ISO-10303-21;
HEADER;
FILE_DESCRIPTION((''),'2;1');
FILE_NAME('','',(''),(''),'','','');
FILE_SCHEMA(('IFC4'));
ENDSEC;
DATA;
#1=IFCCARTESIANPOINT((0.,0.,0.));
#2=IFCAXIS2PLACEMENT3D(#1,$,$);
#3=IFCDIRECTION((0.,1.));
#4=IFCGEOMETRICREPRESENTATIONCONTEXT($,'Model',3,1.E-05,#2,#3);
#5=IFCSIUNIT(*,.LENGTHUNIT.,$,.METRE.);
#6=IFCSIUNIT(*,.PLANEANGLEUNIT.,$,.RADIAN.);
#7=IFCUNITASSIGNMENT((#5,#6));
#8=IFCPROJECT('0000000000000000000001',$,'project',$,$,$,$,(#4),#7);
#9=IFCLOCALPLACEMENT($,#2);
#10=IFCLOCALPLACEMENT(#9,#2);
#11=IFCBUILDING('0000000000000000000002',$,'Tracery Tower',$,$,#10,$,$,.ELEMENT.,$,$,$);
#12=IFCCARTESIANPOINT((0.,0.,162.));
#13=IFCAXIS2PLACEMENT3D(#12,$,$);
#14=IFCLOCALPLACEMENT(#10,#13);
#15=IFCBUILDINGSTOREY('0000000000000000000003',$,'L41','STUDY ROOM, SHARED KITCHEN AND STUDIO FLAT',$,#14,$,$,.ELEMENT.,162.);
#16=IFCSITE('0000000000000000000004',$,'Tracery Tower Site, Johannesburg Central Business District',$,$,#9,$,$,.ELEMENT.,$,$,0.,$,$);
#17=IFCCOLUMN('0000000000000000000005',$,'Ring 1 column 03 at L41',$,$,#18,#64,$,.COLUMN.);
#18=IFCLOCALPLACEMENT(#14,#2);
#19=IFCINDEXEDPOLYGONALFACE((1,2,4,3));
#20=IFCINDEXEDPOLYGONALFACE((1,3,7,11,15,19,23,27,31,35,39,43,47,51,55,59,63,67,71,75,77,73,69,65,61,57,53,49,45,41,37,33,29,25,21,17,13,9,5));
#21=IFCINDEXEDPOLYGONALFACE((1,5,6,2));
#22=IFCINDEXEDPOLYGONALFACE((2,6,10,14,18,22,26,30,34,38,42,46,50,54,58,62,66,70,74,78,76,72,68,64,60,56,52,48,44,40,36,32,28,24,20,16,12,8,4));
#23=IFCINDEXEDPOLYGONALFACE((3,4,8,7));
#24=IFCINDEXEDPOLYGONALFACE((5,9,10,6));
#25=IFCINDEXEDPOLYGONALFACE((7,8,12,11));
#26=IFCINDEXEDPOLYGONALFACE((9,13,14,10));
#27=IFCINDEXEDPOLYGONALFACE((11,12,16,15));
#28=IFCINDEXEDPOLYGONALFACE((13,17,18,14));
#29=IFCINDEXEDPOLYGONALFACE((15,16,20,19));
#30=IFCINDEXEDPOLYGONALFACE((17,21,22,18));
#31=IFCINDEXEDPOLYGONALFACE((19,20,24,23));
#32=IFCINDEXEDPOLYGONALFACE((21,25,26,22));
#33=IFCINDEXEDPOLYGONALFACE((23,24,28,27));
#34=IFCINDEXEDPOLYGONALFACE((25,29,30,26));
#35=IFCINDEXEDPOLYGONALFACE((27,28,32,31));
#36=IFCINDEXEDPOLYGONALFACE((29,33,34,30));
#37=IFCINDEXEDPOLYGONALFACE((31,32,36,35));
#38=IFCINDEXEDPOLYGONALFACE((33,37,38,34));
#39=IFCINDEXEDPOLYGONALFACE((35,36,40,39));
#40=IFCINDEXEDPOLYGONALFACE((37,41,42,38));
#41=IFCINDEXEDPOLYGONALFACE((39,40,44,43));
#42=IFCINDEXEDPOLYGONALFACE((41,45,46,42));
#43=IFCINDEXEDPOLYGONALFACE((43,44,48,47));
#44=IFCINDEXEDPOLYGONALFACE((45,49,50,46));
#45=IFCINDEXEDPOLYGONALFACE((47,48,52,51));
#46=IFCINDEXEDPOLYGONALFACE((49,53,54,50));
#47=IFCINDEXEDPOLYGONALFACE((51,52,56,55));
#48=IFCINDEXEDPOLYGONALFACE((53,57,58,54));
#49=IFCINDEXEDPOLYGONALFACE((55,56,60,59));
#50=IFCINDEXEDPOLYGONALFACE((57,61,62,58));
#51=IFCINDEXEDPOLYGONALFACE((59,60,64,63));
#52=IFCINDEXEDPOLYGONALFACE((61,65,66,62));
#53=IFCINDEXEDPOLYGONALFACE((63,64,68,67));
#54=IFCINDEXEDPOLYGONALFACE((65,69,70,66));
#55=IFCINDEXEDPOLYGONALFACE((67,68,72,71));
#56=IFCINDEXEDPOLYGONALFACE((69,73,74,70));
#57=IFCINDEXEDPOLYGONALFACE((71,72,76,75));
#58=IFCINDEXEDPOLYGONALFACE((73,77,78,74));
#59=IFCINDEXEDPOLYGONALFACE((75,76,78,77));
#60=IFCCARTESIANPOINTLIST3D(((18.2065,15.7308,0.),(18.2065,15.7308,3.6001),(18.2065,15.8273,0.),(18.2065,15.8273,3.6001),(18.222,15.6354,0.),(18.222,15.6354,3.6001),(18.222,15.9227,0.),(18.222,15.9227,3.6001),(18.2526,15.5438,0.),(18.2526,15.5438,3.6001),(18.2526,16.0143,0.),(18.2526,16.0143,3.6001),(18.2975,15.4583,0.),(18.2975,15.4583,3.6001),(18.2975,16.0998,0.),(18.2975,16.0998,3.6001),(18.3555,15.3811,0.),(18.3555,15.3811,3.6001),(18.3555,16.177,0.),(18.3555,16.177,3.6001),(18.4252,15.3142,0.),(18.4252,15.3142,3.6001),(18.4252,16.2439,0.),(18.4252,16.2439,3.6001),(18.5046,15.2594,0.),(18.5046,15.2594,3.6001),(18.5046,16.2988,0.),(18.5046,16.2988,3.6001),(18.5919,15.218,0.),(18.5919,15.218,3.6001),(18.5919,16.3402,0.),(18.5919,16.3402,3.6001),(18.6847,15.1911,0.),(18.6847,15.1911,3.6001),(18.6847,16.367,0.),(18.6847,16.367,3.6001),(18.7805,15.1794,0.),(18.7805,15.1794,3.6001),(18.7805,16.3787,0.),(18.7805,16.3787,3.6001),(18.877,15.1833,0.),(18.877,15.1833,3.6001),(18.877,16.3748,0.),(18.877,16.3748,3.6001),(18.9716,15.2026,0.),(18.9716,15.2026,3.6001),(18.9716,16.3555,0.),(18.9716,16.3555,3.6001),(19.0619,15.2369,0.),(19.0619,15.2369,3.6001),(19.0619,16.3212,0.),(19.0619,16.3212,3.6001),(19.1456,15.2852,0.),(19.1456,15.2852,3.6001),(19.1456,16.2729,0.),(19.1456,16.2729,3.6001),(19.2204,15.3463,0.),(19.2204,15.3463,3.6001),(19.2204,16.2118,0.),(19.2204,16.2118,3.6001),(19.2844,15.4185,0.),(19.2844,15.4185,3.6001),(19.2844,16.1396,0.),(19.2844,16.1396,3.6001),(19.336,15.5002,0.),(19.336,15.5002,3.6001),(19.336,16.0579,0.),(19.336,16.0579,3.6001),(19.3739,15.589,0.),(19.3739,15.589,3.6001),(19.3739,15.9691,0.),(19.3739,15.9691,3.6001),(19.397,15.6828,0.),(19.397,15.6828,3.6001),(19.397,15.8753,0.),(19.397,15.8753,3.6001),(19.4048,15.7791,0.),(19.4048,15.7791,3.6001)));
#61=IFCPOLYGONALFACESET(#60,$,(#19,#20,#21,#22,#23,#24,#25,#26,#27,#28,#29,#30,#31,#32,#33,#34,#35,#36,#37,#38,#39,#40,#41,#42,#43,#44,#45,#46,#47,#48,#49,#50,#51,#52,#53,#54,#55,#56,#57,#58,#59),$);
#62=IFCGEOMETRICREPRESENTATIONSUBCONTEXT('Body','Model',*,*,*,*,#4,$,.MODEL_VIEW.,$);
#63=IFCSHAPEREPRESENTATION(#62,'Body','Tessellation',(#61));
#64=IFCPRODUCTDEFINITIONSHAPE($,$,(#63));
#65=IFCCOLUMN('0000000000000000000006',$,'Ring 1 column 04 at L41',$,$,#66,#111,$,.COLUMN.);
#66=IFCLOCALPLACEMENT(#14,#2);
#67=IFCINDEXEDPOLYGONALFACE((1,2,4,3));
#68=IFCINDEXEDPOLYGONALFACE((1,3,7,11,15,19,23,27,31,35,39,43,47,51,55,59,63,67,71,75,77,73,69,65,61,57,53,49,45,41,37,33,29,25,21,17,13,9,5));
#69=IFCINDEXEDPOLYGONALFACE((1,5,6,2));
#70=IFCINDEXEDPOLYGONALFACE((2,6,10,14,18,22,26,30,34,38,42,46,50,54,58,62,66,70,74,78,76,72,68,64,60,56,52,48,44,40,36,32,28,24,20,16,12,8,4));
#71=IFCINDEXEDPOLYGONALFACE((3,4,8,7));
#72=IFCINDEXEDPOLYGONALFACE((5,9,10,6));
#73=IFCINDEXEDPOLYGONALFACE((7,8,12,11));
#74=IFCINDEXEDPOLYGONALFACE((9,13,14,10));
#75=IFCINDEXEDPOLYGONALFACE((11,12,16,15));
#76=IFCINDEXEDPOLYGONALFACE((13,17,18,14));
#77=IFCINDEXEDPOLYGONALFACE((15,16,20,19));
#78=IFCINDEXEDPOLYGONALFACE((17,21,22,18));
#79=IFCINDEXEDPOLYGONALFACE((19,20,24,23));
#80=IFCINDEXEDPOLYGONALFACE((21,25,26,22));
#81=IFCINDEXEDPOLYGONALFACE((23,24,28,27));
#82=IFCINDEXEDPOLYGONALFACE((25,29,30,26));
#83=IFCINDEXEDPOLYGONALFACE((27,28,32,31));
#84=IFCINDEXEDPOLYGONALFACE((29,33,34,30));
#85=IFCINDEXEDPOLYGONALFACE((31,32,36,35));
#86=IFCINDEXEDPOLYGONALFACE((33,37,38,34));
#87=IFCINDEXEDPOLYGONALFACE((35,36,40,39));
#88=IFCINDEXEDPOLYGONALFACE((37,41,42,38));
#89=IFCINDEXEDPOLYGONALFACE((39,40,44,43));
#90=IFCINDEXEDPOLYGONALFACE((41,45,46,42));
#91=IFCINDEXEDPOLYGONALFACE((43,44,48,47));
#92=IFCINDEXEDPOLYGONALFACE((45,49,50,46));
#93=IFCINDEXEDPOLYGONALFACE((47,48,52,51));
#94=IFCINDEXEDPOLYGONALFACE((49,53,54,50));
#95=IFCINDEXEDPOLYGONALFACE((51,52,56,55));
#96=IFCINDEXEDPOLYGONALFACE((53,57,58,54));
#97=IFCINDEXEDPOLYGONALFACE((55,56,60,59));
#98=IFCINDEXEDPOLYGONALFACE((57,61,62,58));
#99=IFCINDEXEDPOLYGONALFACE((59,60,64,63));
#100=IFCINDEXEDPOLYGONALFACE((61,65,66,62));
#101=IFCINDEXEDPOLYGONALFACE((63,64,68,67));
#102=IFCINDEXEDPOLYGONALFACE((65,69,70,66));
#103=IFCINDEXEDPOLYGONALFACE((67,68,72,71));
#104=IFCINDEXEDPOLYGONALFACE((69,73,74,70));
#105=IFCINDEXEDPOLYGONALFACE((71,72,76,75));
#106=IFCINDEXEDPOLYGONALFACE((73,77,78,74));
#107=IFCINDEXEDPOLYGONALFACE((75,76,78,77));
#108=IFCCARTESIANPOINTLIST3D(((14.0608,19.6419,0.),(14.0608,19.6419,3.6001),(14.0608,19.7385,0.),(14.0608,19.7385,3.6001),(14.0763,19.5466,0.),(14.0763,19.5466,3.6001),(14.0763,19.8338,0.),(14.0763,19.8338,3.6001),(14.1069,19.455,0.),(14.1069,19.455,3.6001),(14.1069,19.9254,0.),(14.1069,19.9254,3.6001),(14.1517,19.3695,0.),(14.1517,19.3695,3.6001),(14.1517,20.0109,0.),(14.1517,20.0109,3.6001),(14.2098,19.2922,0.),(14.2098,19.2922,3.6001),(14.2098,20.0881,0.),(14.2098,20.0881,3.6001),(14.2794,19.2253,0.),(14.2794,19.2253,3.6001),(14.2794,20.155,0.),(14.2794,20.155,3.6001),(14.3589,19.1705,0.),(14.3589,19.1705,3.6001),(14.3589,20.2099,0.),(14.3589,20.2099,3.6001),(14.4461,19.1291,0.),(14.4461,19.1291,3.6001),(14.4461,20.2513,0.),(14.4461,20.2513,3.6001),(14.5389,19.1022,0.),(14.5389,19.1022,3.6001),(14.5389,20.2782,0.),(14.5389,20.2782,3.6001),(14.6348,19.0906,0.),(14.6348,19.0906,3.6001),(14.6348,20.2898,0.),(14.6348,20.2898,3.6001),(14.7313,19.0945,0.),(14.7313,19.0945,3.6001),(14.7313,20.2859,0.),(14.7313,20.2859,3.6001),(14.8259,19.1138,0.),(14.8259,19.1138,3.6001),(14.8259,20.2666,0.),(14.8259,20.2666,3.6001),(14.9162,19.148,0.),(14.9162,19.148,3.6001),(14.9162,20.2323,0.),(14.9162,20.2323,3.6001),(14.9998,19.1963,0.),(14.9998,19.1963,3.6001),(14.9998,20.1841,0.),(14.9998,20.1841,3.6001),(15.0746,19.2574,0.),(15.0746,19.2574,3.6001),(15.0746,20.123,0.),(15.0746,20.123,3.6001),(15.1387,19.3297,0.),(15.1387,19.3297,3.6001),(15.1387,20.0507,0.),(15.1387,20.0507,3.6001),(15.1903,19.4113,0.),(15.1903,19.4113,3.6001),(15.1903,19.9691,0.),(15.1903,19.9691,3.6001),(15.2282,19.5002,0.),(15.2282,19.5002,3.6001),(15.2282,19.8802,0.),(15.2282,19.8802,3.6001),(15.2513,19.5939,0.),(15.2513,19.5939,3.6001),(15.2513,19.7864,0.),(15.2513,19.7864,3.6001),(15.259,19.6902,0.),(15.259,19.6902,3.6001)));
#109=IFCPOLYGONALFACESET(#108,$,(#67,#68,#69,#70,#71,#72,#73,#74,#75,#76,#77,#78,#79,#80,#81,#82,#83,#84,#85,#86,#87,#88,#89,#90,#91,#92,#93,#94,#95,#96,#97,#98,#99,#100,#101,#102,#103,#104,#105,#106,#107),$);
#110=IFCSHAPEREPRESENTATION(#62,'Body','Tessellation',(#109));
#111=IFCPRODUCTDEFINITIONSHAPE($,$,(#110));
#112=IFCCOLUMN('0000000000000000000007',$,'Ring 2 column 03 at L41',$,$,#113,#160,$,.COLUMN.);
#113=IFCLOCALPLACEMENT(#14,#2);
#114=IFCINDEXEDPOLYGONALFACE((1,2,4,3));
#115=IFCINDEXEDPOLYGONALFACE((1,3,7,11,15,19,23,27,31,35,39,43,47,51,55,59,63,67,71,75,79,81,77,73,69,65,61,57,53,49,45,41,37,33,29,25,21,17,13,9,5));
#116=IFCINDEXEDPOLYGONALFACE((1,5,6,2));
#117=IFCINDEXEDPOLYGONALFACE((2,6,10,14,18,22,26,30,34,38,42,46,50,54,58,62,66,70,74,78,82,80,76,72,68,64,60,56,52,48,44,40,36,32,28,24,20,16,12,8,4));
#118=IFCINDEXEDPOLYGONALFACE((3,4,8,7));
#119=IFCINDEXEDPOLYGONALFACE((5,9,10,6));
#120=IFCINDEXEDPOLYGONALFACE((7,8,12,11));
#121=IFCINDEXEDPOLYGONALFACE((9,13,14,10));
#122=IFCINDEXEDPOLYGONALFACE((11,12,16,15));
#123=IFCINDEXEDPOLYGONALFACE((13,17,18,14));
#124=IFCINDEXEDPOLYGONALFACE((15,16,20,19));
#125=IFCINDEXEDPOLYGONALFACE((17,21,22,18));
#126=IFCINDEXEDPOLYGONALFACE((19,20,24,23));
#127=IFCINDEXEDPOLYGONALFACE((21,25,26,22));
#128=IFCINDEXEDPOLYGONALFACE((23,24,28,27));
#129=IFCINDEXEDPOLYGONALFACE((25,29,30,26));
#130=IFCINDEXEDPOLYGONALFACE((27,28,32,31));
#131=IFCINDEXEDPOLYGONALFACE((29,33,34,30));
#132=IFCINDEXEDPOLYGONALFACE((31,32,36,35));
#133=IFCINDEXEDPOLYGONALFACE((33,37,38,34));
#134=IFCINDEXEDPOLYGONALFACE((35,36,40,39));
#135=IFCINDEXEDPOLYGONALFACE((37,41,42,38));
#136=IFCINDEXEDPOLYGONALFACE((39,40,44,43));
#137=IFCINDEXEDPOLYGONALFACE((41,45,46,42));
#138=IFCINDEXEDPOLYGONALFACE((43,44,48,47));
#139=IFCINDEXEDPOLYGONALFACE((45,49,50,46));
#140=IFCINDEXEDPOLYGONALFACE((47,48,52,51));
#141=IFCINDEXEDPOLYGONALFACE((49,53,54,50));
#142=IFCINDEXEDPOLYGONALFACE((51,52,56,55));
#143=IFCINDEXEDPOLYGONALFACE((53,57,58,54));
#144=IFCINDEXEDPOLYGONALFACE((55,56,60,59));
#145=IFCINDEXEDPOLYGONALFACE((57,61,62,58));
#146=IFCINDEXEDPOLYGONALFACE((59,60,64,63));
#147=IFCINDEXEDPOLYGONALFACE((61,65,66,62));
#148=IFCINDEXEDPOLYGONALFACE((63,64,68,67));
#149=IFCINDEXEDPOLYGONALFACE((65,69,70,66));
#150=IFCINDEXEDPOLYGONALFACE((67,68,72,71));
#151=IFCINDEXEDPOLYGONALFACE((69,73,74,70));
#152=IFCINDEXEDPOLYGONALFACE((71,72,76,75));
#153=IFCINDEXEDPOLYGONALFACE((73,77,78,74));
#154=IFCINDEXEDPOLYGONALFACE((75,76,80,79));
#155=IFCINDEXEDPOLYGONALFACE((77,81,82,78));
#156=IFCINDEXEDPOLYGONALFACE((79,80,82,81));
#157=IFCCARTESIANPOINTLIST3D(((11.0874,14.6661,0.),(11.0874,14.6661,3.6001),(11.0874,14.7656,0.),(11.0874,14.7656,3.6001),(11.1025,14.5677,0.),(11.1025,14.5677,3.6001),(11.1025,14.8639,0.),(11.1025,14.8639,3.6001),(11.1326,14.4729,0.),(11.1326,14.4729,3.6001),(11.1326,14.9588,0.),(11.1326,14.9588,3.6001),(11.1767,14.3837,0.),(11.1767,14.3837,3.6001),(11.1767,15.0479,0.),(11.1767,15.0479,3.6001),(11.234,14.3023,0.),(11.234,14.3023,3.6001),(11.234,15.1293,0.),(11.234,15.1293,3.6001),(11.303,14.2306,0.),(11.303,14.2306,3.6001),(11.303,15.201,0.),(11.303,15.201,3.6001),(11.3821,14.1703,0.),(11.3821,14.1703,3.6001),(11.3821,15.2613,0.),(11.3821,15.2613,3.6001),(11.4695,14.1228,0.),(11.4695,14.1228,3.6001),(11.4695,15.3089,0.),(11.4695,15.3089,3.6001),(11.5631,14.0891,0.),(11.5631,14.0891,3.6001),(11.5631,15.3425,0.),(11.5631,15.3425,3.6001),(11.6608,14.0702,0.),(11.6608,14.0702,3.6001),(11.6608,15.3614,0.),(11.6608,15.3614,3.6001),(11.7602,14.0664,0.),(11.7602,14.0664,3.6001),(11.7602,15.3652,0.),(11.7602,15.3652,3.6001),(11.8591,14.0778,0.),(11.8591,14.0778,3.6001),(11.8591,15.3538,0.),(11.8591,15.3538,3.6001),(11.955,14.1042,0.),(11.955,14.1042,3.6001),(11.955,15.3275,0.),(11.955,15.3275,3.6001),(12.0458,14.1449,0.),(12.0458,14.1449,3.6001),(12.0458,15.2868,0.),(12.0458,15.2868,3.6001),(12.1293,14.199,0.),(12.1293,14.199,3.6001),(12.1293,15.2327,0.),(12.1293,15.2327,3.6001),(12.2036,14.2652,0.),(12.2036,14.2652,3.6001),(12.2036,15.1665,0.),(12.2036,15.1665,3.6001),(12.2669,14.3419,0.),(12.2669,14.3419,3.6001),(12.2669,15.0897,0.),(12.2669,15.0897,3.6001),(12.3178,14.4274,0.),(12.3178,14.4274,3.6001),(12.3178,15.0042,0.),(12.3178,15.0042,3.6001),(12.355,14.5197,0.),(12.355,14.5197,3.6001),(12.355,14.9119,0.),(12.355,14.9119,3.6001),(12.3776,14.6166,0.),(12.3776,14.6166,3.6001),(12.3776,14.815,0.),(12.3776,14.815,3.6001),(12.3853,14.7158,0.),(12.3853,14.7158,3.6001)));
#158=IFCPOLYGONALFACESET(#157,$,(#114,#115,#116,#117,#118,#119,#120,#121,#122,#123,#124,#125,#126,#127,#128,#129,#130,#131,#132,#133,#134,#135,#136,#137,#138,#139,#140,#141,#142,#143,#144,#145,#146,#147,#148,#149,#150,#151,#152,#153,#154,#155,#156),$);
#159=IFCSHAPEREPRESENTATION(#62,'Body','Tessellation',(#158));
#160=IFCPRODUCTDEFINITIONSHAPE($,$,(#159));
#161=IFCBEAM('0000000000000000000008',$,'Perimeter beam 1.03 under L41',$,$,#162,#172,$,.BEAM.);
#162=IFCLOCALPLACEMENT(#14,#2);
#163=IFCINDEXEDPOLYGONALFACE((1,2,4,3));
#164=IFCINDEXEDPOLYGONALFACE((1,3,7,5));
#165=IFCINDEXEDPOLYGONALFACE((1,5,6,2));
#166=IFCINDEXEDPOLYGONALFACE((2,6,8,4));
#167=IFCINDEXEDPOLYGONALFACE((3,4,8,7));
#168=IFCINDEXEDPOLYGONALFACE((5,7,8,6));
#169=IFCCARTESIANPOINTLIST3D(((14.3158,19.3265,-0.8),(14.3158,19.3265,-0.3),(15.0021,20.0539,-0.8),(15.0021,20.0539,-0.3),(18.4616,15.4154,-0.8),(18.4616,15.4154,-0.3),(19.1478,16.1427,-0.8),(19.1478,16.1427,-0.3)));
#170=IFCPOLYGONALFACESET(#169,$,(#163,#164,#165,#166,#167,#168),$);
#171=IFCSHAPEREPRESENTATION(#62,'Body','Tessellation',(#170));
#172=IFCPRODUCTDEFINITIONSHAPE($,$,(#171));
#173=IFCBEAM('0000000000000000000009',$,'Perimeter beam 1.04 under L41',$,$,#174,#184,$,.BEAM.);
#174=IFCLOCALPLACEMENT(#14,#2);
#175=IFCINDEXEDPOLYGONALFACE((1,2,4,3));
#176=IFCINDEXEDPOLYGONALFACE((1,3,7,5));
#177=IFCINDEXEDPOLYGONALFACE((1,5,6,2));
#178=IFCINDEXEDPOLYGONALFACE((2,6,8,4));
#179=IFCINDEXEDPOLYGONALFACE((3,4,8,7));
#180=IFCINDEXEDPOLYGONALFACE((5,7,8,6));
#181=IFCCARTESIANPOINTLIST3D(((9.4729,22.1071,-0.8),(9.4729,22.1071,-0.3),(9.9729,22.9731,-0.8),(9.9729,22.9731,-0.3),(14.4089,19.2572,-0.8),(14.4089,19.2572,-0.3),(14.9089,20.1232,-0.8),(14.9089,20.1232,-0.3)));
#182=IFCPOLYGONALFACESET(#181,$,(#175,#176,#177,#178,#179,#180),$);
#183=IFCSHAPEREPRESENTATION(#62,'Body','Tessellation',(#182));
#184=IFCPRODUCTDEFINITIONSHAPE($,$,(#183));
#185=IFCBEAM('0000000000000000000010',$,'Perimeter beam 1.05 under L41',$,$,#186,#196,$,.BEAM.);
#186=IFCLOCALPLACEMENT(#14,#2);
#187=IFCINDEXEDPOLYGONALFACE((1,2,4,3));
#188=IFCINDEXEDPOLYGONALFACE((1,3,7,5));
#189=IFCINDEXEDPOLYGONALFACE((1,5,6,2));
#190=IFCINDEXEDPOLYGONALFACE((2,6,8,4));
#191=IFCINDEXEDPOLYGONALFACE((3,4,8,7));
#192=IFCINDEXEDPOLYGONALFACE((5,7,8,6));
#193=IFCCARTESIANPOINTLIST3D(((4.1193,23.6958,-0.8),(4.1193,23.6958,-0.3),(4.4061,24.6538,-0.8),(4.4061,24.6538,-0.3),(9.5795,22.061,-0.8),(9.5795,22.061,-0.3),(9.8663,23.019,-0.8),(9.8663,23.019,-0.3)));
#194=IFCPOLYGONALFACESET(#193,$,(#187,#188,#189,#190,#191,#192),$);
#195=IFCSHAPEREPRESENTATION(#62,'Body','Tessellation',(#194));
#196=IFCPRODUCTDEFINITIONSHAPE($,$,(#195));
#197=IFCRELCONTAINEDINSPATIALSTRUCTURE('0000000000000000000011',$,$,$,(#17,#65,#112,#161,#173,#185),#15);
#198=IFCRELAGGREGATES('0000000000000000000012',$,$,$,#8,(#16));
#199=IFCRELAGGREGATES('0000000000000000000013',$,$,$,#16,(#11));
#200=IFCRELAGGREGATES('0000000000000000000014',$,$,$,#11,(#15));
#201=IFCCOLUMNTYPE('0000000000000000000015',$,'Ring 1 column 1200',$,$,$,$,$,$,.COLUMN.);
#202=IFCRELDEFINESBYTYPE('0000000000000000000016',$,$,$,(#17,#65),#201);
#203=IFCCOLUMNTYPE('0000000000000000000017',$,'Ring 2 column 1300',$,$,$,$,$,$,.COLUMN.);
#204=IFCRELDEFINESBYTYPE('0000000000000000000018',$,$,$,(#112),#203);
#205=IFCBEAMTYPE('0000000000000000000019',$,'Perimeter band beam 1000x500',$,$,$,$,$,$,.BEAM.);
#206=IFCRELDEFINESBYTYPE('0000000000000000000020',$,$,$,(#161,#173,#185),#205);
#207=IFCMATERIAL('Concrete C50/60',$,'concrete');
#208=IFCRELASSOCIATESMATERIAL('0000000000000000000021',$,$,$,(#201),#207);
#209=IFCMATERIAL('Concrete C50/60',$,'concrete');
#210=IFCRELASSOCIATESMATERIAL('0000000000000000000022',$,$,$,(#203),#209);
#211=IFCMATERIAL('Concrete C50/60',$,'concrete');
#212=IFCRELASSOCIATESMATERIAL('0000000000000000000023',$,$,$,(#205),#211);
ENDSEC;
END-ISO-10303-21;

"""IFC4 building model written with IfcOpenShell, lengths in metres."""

from ifc_helpers import new_model, si_unit, direction, frame, origin, origin_2d, place, context, subcontext, project, spatial, rectangle, circle, extrude, material, material_profile, profile_set, type_object, element, save


model = new_model("IFC4")

# Units and contexts
model_context = context("Model", 3, precision=1e-05, world=origin(), true_north=direction((0.0, 1.0)))
body_context = subcontext(model_context, "Body", "Model", "MODEL_VIEW")
ifc_project = project(units=[si_unit("LENGTHUNIT", "METRE"), si_unit("PLANEANGLEUNIT", "RADIAN")], contexts=[model_context])

# Site, building, storey
site_placement = place(None, origin())
site = spatial("IfcSite", under=ifc_project, at=site_placement, Name="Tracery Tower Site, Johannesburg Central Business District", CompositionType="ELEMENT", RefElevation=0.0)
building_placement = place(site_placement, origin())
building = spatial("IfcBuilding", under=site, at=building_placement, Name="Tracery Tower", CompositionType="ELEMENT")
storey_placement = place(building_placement, frame((0.0, 0.0, 162.0)))
storey = spatial("IfcBuildingStorey", under=building, at=storey_placement, Name="L41", Description="STUDY ROOM, SHARED KITCHEN AND STUDIO FLAT", CompositionType="ELEMENT", Elevation=162.0)

# Columns
ifc_material_1 = material(Name="Concrete C50/60", Category="concrete")
ifc_material_profile_1 = material_profile(ifc_material_1, circle(Radius=0.6001, at=origin_2d()), Name="RC D1200")
ifc_profile_set_1 = profile_set([ifc_material_profile_1], Name="Concrete C50/60")
column_type_1 = type_object("IfcColumnType", Name="Ring 1 column 1200", PredefinedType="COLUMN", material=ifc_profile_set_1)
for number, where, z_axis, x_axis, name in (
    (1, (18.8047, 15.7791, 0.0), (0.0, 0.0, 1.0), (1.0, 0.0, 0.0), "Ring 1 column 03 at L41"),
    (2, (14.6589, 19.6902, 0.0), (0.0, 0.0, 1.0), (1.0, 0.0, 0.0), "Ring 1 column 04 at L41"),
):
    element("IfcColumn", number, at=place(storey_placement, frame(where, z_axis=z_axis, x_axis=x_axis)), inside=storey, type_object=column_type_1, Name=name, PredefinedType="COLUMN", context=body_context, shape_type="SweptSolid", body=[
        extrude(circle(Radius=0.6001, at=origin_2d()), origin(), (0.0, 0.0, 1.0), 3.6001),
    ])
ifc_material_2 = material(Name="Concrete C50/60", Category="concrete")
ifc_material_profile_2 = material_profile(ifc_material_2, circle(Radius=0.6499, at=origin_2d()), Name="RC D1300")
ifc_profile_set_2 = profile_set([ifc_material_profile_2], Name="Concrete C50/60")
column_type_2 = type_object("IfcColumnType", Name="Ring 2 column 1300", PredefinedType="COLUMN", material=ifc_profile_set_2)
column_placement = place(storey_placement, frame((11.7354, 14.7158, 0.0), z_axis=(0.0, 0.0, 1.0), x_axis=(1.0, 0.0, 0.0)))
element("IfcColumn", 3, at=column_placement, inside=storey, type_object=column_type_2, Name="Ring 2 column 03 at L41", PredefinedType="COLUMN", context=body_context, shape_type="SweptSolid", body=[
    extrude(circle(Radius=0.6499, at=origin_2d()), origin(), (0.0, 0.0, 1.0), 3.6001),
])

# Beams
ifc_material_3 = material(Name="Concrete C50/60", Category="concrete")
ifc_material_profile_3 = material_profile(ifc_material_3, rectangle(XDim=1.0, YDim=0.5, at=origin_2d()), Name="RC 1000x500")
ifc_profile_set_3 = profile_set([ifc_material_profile_3], Name="Concrete C50/60")
beam_type = type_object("IfcBeamType", Name="Perimeter band beam 1000x500", PredefinedType="BEAM", material=ifc_profile_set_3)
beam_placement = place(storey_placement, frame((18.8047, 15.7791, -0.55), z_axis=(-0.72739, 0.686225, 0.0), x_axis=(-0.686225, -0.72739, 0.0)))
element("IfcBeam", 4, at=beam_placement, inside=storey, type_object=beam_type, Name="Perimeter beam 1.03 under L41", PredefinedType="BEAM", context=body_context, shape_type="SweptSolid", body=[
    extrude(rectangle(XDim=1.0, YDim=0.5, at=origin_2d()), origin(), (0.0, 0.0, 1.0), 5.6995),
])
for number, where, z_axis, x_axis, name in (
    (5, (14.6589, 19.6902, -0.55), (-0.866023, 0.500004, 0.0), (-0.500004, -0.866023, 0.0), "Perimeter beam 1.04 under L41"),
    (6, (9.7229, 22.54, -0.55), (-0.957985, 0.286817, 0.0), (-0.286817, -0.957985, 0.0), "Perimeter beam 1.05 under L41"),
):
    element("IfcBeam", number, at=place(storey_placement, frame(where, z_axis=z_axis, x_axis=x_axis)), inside=storey, type_object=beam_type, Name=name, PredefinedType="BEAM", context=body_context, shape_type="SweptSolid", body=[
        extrude(rectangle(XDim=1.0, YDim=0.5, at=origin_2d()), origin(), (0.0, 0.0, 1.0), 5.6997),
    ])

save(model, "model.ifc")
